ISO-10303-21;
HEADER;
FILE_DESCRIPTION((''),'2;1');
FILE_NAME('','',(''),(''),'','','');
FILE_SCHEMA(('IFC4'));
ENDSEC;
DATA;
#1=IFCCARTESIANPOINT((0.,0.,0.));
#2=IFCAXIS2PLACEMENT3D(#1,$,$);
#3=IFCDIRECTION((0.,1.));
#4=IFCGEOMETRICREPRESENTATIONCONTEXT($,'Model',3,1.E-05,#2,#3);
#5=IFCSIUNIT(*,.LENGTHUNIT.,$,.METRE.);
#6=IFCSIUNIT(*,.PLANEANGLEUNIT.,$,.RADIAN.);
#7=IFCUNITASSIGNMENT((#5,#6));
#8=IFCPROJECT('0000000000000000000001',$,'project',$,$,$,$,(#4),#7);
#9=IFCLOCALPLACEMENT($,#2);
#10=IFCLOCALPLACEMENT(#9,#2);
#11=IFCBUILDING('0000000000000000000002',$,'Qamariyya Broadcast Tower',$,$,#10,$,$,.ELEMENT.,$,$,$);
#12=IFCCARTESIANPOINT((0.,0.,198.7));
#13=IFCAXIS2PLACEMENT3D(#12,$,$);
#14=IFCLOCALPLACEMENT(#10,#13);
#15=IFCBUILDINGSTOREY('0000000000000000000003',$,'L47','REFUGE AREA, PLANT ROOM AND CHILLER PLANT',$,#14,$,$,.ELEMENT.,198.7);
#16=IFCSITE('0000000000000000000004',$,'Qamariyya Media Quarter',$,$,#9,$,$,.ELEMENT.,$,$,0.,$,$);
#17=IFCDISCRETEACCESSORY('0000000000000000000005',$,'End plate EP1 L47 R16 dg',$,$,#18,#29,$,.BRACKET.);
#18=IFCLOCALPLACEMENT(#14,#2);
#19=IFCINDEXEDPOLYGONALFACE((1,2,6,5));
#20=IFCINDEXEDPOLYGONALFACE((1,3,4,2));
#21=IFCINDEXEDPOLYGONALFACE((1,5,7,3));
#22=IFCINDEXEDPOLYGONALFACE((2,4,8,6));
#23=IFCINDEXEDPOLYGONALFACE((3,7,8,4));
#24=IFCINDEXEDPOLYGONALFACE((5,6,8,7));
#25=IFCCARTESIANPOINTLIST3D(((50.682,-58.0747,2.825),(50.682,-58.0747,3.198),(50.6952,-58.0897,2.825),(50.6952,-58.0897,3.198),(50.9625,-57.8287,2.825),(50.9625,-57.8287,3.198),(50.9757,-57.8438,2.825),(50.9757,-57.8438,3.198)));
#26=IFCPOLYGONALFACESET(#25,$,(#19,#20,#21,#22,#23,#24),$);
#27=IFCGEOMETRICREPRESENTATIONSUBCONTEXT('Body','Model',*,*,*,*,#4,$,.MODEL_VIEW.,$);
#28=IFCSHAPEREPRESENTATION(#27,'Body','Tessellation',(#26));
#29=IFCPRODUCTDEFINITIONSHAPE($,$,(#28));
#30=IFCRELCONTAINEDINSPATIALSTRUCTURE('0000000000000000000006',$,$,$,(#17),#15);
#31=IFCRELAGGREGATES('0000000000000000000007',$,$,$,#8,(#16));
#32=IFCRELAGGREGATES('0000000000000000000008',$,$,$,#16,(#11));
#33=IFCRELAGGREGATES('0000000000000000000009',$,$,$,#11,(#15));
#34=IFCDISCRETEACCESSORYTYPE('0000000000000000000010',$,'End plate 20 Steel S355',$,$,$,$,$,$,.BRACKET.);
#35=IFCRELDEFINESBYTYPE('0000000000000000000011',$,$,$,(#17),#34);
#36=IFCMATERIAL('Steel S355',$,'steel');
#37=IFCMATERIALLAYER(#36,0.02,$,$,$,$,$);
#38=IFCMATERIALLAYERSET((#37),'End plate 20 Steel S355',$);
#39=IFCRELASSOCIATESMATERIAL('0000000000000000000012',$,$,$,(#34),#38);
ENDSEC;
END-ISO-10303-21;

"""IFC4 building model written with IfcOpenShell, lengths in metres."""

from ifc_helpers import new_model, si_unit, direction, frame, origin, origin_2d, place, context, subcontext, project, spatial, rectangle, extrude, material, layer, layer_set, type_object, element, save


model = new_model("IFC4")

# Units and contexts
model_context = context("Model", 3, precision=1e-05, world=origin(), true_north=direction((0.0, 1.0)))
body_context = subcontext(model_context, "Body", "Model", "MODEL_VIEW")
ifc_project = project(units=[si_unit("LENGTHUNIT", "METRE"), si_unit("PLANEANGLEUNIT", "RADIAN")], contexts=[model_context])

# Site, building, storey
site_placement = place(None, origin())
site = spatial("IfcSite", under=ifc_project, at=site_placement, Name="Qamariyya Media Quarter", CompositionType="ELEMENT", RefElevation=0.0)
building_placement = place(site_placement, origin())
building = spatial("IfcBuilding", under=site, at=building_placement, Name="Qamariyya Broadcast Tower", CompositionType="ELEMENT")
storey_placement = place(building_placement, frame((0.0, 0.0, 198.7)))
storey = spatial("IfcBuildingStorey", under=building, at=storey_placement, Name="L47", Description="REFUGE AREA, PLANT ROOM AND CHILLER PLANT", CompositionType="ELEMENT", Elevation=198.7)

# Shared definitions
ifc_material_1 = material(Name="Steel S355", Category="steel")

# Discrete accessory
ifc_layer_1 = layer(ifc_material_1, 0.02)
ifc_layer_set_1 = layer_set([ifc_layer_1], Name="End plate 20 Steel S355")
discrete_accessory_type_1 = type_object("IfcDiscreteAccessoryType", Name="End plate 20 Steel S355", PredefinedType="BRACKET", material=ifc_layer_set_1)
for number, where, z_axis, x_axis, name in (
    (1, (50.8289, -57.9592, 2.825), (0.0, 0.0, 1.0), (-0.75184, -0.659346, 0.0), "End plate EP1 L47 R16 dg"),
):
    element("IfcDiscreteAccessory", number, at=place(storey_placement, frame(where, z_axis=z_axis, x_axis=x_axis)), inside=storey, type_object=discrete_accessory_type_1, Name=name, PredefinedType="BRACKET", context=body_context, shape_type="SweptSolid", body=[
        extrude(rectangle(XDim=0.373, YDim=0.02, at=origin_2d()), origin(), (0.0, 0.0, 1.0), 0.373),
    ])

save(model, "model.ifc")
